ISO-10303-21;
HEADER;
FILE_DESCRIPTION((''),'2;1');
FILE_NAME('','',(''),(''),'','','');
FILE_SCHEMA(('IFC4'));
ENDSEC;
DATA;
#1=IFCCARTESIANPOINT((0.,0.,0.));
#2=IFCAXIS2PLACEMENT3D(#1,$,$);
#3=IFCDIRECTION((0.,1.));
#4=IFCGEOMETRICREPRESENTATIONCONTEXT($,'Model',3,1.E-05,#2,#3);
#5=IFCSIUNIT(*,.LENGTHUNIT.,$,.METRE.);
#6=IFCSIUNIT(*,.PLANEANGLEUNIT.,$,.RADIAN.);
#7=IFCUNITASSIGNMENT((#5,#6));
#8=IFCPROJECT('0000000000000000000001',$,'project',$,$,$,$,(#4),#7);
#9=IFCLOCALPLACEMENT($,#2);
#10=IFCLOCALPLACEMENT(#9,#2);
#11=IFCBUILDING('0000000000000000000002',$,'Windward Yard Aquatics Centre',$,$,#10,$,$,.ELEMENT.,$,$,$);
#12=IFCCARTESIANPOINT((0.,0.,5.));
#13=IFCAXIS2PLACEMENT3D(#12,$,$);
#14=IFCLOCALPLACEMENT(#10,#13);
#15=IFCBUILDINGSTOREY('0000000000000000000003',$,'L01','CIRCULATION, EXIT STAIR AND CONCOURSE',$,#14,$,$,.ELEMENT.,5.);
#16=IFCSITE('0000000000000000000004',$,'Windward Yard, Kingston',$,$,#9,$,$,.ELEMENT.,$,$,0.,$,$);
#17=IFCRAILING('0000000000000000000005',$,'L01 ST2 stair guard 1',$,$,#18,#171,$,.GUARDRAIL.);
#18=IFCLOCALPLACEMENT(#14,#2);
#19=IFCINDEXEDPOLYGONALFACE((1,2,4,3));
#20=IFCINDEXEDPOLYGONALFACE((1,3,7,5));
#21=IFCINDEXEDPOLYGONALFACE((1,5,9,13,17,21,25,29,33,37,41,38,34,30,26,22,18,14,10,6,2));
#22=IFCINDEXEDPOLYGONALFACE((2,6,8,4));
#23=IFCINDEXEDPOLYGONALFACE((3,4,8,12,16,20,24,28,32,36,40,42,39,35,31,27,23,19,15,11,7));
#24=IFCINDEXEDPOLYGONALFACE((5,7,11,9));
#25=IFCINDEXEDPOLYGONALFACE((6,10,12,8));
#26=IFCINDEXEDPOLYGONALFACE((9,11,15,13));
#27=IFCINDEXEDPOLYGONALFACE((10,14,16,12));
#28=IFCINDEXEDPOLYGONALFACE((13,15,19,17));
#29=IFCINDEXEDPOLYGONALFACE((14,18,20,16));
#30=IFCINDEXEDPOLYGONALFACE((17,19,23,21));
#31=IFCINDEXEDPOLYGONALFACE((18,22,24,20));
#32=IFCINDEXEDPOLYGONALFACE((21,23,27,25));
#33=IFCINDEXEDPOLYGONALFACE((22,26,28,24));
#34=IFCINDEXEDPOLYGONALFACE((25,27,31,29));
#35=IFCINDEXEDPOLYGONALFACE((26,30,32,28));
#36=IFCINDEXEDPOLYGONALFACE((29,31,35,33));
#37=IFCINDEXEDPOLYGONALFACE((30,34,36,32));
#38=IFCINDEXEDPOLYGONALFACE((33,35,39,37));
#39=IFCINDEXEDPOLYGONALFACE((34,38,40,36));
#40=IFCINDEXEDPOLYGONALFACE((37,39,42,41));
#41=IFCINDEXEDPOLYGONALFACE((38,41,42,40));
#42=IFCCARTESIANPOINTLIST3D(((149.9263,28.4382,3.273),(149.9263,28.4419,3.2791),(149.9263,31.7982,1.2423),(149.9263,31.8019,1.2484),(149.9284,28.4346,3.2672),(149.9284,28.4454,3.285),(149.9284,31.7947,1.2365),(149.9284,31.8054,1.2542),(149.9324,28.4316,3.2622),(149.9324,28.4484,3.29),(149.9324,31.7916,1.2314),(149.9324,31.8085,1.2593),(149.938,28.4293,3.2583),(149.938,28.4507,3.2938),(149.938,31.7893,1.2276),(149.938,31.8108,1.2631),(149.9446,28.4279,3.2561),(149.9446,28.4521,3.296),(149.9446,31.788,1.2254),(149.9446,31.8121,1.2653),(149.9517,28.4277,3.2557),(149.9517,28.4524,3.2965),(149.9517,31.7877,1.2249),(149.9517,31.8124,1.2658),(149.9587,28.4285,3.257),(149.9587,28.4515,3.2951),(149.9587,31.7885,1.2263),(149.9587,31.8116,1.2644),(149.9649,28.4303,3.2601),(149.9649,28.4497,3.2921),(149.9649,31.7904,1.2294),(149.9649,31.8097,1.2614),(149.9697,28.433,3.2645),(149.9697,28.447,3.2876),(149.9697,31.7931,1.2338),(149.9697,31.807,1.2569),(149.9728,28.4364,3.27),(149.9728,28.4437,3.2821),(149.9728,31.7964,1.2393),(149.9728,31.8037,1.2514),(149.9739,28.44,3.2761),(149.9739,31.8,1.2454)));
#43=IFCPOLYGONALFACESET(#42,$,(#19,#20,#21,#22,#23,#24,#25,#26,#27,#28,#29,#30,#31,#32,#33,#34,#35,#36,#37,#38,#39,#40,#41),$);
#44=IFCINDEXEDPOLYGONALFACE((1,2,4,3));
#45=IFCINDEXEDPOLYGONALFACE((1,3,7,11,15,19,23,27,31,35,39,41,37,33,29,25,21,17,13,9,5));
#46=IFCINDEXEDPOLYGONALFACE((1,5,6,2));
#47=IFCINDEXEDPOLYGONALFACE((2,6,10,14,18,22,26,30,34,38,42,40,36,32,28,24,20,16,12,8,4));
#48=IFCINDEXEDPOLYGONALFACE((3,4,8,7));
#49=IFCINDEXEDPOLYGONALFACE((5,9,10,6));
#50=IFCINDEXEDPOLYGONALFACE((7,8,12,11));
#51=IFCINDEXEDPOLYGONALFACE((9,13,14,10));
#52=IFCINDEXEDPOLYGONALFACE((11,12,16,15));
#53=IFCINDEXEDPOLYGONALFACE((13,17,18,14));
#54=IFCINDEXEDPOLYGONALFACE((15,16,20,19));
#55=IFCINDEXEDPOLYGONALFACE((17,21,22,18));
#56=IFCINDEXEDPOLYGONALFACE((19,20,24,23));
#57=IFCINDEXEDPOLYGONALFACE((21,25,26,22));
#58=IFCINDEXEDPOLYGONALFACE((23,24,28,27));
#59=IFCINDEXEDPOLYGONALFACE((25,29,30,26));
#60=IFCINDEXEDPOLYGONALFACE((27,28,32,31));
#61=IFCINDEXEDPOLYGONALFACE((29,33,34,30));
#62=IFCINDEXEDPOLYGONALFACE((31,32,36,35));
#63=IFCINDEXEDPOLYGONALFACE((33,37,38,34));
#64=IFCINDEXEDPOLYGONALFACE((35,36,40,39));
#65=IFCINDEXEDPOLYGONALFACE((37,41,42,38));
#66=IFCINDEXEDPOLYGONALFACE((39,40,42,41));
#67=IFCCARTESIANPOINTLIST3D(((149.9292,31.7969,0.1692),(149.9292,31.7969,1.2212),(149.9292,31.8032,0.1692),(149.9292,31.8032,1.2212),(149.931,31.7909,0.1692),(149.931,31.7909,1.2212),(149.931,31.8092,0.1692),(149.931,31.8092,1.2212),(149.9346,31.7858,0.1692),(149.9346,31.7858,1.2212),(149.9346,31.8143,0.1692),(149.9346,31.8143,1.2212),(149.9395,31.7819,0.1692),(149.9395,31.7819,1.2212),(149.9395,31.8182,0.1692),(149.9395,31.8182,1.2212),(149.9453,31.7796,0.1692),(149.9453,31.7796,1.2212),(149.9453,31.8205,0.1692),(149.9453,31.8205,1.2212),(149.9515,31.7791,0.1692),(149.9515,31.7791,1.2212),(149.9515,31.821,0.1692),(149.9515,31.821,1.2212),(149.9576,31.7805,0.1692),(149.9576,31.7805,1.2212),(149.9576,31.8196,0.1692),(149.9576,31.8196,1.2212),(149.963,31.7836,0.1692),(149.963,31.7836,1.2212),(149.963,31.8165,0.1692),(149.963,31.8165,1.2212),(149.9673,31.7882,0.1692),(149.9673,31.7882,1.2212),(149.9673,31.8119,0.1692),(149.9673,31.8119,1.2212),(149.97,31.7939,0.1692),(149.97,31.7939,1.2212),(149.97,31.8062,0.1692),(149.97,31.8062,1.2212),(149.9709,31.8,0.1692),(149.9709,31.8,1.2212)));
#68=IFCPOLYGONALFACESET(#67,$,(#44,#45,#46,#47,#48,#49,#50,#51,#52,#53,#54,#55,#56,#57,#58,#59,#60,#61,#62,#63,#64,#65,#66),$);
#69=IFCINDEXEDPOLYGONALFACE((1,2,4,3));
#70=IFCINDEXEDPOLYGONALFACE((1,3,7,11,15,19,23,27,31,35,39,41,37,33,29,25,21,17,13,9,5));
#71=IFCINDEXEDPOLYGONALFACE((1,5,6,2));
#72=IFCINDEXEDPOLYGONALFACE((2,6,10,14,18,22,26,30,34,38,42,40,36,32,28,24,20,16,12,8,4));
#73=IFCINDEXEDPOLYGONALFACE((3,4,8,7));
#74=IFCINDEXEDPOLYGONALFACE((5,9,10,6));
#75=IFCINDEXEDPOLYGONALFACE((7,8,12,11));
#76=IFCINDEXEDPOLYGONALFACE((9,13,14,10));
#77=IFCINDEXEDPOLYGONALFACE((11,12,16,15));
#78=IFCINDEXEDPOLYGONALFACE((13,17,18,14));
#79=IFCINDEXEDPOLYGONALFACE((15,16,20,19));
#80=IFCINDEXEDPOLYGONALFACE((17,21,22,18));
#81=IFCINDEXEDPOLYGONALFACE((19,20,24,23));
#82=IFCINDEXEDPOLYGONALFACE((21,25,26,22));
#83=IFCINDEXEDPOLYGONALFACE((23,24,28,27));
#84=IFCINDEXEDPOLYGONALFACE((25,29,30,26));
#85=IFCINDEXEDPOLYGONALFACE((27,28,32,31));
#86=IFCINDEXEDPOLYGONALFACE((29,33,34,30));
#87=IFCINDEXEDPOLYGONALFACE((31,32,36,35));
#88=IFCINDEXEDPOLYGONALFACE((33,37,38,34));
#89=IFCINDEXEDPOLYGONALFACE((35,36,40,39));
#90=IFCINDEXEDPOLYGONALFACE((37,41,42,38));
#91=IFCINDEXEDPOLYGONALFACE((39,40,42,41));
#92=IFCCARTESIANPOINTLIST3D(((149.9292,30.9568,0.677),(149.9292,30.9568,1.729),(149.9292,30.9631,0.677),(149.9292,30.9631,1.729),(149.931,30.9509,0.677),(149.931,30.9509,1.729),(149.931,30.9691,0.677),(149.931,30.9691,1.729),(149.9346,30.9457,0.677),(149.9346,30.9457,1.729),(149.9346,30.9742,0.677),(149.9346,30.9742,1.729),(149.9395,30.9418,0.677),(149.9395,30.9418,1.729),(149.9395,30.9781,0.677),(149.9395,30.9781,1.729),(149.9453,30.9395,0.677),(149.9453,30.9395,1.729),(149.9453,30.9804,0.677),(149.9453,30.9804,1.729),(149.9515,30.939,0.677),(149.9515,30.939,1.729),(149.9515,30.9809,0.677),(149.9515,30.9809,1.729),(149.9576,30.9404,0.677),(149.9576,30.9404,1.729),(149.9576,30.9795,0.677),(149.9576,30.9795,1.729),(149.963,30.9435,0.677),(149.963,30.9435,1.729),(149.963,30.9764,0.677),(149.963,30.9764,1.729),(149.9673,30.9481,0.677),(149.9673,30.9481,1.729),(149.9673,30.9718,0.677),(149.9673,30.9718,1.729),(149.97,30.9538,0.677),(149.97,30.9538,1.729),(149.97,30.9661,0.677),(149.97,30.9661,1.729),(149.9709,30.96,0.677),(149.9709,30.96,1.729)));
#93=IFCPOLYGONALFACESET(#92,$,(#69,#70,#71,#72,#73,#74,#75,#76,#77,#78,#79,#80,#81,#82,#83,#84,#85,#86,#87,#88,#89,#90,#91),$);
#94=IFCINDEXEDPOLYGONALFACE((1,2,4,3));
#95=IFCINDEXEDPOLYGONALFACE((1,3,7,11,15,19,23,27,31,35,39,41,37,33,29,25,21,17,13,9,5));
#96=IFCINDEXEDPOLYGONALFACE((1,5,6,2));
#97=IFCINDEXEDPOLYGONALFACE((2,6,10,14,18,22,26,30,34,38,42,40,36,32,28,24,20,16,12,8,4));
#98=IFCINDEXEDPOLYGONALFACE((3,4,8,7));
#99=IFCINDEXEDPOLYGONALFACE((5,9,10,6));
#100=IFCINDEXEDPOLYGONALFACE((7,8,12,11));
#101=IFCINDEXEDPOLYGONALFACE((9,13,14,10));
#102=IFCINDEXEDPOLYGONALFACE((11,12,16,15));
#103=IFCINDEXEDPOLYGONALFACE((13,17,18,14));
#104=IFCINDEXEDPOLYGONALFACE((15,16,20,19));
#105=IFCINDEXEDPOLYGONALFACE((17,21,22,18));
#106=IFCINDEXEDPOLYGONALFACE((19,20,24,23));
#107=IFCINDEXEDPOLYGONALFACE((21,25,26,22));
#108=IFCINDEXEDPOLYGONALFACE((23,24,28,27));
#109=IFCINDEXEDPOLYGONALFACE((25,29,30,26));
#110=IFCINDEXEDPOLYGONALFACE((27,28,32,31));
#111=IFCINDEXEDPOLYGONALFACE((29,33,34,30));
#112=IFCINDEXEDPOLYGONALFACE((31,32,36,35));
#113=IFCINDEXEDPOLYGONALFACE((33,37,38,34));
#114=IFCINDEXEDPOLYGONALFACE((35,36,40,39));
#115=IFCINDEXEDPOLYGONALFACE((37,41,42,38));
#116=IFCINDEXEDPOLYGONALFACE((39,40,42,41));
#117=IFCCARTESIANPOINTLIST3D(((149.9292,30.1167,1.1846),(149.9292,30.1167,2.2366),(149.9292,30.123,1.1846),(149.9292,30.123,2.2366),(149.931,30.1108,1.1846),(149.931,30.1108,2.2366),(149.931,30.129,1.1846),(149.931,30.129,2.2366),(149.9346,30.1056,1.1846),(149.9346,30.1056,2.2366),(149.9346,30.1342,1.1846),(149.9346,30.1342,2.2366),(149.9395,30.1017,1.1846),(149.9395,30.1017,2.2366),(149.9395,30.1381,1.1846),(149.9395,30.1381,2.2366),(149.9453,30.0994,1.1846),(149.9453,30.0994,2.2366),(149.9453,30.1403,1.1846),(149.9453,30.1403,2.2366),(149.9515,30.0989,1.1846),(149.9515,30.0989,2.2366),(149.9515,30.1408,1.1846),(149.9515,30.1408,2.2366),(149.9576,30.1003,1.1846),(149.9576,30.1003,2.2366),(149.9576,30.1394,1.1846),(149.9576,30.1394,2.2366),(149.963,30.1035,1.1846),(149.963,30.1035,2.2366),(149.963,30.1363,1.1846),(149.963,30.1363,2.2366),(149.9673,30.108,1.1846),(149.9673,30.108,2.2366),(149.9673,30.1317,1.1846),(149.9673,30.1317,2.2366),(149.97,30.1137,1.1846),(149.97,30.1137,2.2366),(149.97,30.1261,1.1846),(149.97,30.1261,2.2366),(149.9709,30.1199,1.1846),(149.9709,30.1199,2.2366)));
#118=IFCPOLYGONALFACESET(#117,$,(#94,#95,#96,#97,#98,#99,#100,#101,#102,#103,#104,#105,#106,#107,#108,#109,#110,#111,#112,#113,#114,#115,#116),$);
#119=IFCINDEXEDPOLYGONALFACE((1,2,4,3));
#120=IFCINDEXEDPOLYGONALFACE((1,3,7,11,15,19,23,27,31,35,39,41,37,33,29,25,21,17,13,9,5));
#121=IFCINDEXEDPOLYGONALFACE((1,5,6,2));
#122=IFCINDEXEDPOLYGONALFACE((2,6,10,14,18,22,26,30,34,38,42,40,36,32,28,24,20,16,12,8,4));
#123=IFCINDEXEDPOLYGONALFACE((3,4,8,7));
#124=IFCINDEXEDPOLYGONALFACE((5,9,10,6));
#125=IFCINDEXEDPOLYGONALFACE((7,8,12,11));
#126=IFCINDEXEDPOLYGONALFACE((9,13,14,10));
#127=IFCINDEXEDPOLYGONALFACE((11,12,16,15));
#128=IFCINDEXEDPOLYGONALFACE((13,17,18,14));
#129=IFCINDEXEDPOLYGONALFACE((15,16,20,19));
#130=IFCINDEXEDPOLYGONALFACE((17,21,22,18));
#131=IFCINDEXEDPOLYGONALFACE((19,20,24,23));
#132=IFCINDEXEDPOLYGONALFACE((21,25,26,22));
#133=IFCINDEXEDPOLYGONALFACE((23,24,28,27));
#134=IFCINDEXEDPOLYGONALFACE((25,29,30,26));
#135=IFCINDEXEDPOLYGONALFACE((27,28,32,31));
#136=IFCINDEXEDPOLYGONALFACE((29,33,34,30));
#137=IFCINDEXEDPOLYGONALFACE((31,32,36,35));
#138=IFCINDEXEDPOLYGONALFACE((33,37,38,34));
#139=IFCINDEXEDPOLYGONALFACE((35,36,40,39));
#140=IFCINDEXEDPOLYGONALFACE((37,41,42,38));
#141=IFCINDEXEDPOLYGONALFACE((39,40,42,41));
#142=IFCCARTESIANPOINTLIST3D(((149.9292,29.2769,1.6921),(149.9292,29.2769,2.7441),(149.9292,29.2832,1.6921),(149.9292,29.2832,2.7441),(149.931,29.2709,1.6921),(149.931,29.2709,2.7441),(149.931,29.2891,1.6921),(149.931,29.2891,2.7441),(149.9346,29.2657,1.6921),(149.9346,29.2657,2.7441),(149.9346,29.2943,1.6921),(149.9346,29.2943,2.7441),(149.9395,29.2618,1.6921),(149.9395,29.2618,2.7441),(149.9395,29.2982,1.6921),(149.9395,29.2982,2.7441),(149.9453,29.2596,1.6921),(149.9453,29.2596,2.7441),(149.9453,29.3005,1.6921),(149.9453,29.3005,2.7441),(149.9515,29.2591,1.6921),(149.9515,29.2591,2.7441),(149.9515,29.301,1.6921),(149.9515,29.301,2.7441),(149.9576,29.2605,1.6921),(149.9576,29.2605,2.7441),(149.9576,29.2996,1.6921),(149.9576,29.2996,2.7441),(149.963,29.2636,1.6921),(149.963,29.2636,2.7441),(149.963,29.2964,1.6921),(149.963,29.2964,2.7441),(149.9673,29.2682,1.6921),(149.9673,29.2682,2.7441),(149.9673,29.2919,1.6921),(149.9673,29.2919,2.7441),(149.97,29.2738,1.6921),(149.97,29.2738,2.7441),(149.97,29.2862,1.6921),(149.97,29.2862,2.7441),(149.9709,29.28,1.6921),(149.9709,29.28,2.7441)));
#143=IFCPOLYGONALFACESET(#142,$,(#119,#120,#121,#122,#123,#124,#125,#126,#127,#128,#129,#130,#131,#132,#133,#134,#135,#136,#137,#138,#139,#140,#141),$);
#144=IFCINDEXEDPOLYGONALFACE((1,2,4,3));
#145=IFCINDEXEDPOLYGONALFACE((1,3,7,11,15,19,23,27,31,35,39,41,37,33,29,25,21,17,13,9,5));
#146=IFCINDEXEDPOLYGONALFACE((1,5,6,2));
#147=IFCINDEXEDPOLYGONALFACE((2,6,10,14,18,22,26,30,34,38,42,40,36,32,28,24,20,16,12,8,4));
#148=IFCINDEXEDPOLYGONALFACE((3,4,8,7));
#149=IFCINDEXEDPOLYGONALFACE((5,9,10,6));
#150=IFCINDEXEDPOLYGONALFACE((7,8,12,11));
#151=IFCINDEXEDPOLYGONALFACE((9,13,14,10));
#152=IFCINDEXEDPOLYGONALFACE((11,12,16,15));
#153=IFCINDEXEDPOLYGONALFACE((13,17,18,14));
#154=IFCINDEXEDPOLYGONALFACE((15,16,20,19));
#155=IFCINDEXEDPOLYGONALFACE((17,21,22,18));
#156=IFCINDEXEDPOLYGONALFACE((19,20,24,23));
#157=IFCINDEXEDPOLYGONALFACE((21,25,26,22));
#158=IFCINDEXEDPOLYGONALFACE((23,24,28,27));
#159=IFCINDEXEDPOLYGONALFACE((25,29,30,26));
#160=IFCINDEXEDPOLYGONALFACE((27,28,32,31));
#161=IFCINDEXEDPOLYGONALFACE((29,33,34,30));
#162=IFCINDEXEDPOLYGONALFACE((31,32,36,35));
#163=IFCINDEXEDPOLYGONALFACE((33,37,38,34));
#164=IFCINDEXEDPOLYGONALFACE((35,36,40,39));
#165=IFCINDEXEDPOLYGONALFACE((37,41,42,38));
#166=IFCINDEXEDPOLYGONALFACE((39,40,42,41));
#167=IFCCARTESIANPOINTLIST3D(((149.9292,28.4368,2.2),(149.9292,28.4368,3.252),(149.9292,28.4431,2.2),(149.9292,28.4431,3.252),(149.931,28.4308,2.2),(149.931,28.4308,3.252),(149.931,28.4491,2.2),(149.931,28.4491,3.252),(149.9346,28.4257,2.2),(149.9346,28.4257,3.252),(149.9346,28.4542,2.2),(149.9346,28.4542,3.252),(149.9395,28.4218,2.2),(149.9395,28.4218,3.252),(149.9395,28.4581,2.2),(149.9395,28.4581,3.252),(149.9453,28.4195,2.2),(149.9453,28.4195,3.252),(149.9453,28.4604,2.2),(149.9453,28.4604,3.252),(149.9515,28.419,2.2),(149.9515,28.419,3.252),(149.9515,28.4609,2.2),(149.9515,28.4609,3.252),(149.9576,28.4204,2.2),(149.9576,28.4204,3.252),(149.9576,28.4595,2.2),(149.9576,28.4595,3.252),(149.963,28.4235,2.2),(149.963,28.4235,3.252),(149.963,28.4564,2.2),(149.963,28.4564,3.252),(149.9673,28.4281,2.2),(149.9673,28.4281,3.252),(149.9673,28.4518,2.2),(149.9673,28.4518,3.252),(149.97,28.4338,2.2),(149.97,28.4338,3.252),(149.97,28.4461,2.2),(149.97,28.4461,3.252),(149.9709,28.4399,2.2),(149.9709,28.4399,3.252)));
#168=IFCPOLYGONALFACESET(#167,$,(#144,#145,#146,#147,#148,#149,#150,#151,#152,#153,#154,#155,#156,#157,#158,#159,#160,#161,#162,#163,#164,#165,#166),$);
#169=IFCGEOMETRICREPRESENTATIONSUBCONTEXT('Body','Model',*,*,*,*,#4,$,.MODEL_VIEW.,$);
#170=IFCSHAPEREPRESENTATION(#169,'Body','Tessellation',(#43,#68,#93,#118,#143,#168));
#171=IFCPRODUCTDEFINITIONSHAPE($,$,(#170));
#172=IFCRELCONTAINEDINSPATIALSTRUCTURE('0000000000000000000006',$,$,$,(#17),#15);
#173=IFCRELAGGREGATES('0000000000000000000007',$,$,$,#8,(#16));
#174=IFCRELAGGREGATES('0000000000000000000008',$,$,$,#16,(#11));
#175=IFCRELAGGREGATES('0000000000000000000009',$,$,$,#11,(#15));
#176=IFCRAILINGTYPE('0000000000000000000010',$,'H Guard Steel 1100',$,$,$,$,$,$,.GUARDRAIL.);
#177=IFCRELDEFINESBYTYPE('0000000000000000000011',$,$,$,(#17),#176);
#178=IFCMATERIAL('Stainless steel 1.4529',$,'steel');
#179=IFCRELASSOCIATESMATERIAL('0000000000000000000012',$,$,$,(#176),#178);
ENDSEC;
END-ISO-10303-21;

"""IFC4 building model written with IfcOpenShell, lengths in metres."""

from ifc_helpers import new_model, si_unit, direction, frame, origin, origin_2d, place, context, subcontext, project, spatial, circle, extrude, material, type_object, element, save


model = new_model("IFC4")

# Units and contexts
model_context = context("Model", 3, precision=1e-05, world=origin(), true_north=direction((0.0, 1.0)))
body_context = subcontext(model_context, "Body", "Model", "MODEL_VIEW")
ifc_project = project(units=[si_unit("LENGTHUNIT", "METRE"), si_unit("PLANEANGLEUNIT", "RADIAN")], contexts=[model_context])

# Site, building, storey
site_placement = place(None, origin())
site = spatial("IfcSite", under=ifc_project, at=site_placement, Name="Windward Yard, Kingston", CompositionType="ELEMENT", RefElevation=0.0)
building_placement = place(site_placement, origin())
building = spatial("IfcBuilding", under=site, at=building_placement, Name="Windward Yard Aquatics Centre", CompositionType="ELEMENT")
storey_placement = place(building_placement, frame((0.0, 0.0, 5.0)))
storey = spatial("IfcBuildingStorey", under=building, at=storey_placement, Name="L01", Description="CIRCULATION, EXIT STAIR AND CONCOURSE", CompositionType="ELEMENT", Elevation=5.0)

# Railing
ifc_material_1 = material(Name="Stainless steel 1.4529", Category="steel")
railing_type_1 = type_object("IfcRailingType", Name="H Guard Steel 1100", PredefinedType="GUARDRAIL", material=ifc_material_1)
railing_1_placement = place(storey_placement, frame((149.95, 31.8, 0.1692)))
element("IfcRailing", 1, at=railing_1_placement, inside=storey, type_object=railing_type_1, Name="L01 ST2 stair guard 1", PredefinedType="GUARDRAIL", context=body_context, shape_type="SweptSolid", body=[
    extrude(circle(Radius=0.0239, at=origin_2d()), frame((0.0, 0.0, 1.0762), z_axis=(0.0, -0.855837, 0.517246), x_axis=(1.0, 0.0, 0.0)), (0.0, 0.0, 1.0), 3.926),
    extrude(circle(Radius=0.021, at=origin_2d()), origin(), (0.0, 0.0, 1.0), 1.052),
    extrude(circle(Radius=0.021, at=origin_2d()), frame((0.0, -0.8401, 0.5078)), (0.0, 0.0, 1.0), 1.052),
    extrude(circle(Radius=0.021, at=origin_2d()), frame((0.0, -1.6802, 1.0154)), (0.0, 0.0, 1.0), 1.052),
    extrude(circle(Radius=0.021, at=origin_2d()), frame((0.0, -2.52, 1.5229)), (0.0, 0.0, 1.0), 1.052),
    extrude(circle(Radius=0.021, at=origin_2d()), frame((0.0, -3.3601, 2.0308)), (0.0, 0.0, 1.0), 1.052),
])

save(model, "model.ifc")
